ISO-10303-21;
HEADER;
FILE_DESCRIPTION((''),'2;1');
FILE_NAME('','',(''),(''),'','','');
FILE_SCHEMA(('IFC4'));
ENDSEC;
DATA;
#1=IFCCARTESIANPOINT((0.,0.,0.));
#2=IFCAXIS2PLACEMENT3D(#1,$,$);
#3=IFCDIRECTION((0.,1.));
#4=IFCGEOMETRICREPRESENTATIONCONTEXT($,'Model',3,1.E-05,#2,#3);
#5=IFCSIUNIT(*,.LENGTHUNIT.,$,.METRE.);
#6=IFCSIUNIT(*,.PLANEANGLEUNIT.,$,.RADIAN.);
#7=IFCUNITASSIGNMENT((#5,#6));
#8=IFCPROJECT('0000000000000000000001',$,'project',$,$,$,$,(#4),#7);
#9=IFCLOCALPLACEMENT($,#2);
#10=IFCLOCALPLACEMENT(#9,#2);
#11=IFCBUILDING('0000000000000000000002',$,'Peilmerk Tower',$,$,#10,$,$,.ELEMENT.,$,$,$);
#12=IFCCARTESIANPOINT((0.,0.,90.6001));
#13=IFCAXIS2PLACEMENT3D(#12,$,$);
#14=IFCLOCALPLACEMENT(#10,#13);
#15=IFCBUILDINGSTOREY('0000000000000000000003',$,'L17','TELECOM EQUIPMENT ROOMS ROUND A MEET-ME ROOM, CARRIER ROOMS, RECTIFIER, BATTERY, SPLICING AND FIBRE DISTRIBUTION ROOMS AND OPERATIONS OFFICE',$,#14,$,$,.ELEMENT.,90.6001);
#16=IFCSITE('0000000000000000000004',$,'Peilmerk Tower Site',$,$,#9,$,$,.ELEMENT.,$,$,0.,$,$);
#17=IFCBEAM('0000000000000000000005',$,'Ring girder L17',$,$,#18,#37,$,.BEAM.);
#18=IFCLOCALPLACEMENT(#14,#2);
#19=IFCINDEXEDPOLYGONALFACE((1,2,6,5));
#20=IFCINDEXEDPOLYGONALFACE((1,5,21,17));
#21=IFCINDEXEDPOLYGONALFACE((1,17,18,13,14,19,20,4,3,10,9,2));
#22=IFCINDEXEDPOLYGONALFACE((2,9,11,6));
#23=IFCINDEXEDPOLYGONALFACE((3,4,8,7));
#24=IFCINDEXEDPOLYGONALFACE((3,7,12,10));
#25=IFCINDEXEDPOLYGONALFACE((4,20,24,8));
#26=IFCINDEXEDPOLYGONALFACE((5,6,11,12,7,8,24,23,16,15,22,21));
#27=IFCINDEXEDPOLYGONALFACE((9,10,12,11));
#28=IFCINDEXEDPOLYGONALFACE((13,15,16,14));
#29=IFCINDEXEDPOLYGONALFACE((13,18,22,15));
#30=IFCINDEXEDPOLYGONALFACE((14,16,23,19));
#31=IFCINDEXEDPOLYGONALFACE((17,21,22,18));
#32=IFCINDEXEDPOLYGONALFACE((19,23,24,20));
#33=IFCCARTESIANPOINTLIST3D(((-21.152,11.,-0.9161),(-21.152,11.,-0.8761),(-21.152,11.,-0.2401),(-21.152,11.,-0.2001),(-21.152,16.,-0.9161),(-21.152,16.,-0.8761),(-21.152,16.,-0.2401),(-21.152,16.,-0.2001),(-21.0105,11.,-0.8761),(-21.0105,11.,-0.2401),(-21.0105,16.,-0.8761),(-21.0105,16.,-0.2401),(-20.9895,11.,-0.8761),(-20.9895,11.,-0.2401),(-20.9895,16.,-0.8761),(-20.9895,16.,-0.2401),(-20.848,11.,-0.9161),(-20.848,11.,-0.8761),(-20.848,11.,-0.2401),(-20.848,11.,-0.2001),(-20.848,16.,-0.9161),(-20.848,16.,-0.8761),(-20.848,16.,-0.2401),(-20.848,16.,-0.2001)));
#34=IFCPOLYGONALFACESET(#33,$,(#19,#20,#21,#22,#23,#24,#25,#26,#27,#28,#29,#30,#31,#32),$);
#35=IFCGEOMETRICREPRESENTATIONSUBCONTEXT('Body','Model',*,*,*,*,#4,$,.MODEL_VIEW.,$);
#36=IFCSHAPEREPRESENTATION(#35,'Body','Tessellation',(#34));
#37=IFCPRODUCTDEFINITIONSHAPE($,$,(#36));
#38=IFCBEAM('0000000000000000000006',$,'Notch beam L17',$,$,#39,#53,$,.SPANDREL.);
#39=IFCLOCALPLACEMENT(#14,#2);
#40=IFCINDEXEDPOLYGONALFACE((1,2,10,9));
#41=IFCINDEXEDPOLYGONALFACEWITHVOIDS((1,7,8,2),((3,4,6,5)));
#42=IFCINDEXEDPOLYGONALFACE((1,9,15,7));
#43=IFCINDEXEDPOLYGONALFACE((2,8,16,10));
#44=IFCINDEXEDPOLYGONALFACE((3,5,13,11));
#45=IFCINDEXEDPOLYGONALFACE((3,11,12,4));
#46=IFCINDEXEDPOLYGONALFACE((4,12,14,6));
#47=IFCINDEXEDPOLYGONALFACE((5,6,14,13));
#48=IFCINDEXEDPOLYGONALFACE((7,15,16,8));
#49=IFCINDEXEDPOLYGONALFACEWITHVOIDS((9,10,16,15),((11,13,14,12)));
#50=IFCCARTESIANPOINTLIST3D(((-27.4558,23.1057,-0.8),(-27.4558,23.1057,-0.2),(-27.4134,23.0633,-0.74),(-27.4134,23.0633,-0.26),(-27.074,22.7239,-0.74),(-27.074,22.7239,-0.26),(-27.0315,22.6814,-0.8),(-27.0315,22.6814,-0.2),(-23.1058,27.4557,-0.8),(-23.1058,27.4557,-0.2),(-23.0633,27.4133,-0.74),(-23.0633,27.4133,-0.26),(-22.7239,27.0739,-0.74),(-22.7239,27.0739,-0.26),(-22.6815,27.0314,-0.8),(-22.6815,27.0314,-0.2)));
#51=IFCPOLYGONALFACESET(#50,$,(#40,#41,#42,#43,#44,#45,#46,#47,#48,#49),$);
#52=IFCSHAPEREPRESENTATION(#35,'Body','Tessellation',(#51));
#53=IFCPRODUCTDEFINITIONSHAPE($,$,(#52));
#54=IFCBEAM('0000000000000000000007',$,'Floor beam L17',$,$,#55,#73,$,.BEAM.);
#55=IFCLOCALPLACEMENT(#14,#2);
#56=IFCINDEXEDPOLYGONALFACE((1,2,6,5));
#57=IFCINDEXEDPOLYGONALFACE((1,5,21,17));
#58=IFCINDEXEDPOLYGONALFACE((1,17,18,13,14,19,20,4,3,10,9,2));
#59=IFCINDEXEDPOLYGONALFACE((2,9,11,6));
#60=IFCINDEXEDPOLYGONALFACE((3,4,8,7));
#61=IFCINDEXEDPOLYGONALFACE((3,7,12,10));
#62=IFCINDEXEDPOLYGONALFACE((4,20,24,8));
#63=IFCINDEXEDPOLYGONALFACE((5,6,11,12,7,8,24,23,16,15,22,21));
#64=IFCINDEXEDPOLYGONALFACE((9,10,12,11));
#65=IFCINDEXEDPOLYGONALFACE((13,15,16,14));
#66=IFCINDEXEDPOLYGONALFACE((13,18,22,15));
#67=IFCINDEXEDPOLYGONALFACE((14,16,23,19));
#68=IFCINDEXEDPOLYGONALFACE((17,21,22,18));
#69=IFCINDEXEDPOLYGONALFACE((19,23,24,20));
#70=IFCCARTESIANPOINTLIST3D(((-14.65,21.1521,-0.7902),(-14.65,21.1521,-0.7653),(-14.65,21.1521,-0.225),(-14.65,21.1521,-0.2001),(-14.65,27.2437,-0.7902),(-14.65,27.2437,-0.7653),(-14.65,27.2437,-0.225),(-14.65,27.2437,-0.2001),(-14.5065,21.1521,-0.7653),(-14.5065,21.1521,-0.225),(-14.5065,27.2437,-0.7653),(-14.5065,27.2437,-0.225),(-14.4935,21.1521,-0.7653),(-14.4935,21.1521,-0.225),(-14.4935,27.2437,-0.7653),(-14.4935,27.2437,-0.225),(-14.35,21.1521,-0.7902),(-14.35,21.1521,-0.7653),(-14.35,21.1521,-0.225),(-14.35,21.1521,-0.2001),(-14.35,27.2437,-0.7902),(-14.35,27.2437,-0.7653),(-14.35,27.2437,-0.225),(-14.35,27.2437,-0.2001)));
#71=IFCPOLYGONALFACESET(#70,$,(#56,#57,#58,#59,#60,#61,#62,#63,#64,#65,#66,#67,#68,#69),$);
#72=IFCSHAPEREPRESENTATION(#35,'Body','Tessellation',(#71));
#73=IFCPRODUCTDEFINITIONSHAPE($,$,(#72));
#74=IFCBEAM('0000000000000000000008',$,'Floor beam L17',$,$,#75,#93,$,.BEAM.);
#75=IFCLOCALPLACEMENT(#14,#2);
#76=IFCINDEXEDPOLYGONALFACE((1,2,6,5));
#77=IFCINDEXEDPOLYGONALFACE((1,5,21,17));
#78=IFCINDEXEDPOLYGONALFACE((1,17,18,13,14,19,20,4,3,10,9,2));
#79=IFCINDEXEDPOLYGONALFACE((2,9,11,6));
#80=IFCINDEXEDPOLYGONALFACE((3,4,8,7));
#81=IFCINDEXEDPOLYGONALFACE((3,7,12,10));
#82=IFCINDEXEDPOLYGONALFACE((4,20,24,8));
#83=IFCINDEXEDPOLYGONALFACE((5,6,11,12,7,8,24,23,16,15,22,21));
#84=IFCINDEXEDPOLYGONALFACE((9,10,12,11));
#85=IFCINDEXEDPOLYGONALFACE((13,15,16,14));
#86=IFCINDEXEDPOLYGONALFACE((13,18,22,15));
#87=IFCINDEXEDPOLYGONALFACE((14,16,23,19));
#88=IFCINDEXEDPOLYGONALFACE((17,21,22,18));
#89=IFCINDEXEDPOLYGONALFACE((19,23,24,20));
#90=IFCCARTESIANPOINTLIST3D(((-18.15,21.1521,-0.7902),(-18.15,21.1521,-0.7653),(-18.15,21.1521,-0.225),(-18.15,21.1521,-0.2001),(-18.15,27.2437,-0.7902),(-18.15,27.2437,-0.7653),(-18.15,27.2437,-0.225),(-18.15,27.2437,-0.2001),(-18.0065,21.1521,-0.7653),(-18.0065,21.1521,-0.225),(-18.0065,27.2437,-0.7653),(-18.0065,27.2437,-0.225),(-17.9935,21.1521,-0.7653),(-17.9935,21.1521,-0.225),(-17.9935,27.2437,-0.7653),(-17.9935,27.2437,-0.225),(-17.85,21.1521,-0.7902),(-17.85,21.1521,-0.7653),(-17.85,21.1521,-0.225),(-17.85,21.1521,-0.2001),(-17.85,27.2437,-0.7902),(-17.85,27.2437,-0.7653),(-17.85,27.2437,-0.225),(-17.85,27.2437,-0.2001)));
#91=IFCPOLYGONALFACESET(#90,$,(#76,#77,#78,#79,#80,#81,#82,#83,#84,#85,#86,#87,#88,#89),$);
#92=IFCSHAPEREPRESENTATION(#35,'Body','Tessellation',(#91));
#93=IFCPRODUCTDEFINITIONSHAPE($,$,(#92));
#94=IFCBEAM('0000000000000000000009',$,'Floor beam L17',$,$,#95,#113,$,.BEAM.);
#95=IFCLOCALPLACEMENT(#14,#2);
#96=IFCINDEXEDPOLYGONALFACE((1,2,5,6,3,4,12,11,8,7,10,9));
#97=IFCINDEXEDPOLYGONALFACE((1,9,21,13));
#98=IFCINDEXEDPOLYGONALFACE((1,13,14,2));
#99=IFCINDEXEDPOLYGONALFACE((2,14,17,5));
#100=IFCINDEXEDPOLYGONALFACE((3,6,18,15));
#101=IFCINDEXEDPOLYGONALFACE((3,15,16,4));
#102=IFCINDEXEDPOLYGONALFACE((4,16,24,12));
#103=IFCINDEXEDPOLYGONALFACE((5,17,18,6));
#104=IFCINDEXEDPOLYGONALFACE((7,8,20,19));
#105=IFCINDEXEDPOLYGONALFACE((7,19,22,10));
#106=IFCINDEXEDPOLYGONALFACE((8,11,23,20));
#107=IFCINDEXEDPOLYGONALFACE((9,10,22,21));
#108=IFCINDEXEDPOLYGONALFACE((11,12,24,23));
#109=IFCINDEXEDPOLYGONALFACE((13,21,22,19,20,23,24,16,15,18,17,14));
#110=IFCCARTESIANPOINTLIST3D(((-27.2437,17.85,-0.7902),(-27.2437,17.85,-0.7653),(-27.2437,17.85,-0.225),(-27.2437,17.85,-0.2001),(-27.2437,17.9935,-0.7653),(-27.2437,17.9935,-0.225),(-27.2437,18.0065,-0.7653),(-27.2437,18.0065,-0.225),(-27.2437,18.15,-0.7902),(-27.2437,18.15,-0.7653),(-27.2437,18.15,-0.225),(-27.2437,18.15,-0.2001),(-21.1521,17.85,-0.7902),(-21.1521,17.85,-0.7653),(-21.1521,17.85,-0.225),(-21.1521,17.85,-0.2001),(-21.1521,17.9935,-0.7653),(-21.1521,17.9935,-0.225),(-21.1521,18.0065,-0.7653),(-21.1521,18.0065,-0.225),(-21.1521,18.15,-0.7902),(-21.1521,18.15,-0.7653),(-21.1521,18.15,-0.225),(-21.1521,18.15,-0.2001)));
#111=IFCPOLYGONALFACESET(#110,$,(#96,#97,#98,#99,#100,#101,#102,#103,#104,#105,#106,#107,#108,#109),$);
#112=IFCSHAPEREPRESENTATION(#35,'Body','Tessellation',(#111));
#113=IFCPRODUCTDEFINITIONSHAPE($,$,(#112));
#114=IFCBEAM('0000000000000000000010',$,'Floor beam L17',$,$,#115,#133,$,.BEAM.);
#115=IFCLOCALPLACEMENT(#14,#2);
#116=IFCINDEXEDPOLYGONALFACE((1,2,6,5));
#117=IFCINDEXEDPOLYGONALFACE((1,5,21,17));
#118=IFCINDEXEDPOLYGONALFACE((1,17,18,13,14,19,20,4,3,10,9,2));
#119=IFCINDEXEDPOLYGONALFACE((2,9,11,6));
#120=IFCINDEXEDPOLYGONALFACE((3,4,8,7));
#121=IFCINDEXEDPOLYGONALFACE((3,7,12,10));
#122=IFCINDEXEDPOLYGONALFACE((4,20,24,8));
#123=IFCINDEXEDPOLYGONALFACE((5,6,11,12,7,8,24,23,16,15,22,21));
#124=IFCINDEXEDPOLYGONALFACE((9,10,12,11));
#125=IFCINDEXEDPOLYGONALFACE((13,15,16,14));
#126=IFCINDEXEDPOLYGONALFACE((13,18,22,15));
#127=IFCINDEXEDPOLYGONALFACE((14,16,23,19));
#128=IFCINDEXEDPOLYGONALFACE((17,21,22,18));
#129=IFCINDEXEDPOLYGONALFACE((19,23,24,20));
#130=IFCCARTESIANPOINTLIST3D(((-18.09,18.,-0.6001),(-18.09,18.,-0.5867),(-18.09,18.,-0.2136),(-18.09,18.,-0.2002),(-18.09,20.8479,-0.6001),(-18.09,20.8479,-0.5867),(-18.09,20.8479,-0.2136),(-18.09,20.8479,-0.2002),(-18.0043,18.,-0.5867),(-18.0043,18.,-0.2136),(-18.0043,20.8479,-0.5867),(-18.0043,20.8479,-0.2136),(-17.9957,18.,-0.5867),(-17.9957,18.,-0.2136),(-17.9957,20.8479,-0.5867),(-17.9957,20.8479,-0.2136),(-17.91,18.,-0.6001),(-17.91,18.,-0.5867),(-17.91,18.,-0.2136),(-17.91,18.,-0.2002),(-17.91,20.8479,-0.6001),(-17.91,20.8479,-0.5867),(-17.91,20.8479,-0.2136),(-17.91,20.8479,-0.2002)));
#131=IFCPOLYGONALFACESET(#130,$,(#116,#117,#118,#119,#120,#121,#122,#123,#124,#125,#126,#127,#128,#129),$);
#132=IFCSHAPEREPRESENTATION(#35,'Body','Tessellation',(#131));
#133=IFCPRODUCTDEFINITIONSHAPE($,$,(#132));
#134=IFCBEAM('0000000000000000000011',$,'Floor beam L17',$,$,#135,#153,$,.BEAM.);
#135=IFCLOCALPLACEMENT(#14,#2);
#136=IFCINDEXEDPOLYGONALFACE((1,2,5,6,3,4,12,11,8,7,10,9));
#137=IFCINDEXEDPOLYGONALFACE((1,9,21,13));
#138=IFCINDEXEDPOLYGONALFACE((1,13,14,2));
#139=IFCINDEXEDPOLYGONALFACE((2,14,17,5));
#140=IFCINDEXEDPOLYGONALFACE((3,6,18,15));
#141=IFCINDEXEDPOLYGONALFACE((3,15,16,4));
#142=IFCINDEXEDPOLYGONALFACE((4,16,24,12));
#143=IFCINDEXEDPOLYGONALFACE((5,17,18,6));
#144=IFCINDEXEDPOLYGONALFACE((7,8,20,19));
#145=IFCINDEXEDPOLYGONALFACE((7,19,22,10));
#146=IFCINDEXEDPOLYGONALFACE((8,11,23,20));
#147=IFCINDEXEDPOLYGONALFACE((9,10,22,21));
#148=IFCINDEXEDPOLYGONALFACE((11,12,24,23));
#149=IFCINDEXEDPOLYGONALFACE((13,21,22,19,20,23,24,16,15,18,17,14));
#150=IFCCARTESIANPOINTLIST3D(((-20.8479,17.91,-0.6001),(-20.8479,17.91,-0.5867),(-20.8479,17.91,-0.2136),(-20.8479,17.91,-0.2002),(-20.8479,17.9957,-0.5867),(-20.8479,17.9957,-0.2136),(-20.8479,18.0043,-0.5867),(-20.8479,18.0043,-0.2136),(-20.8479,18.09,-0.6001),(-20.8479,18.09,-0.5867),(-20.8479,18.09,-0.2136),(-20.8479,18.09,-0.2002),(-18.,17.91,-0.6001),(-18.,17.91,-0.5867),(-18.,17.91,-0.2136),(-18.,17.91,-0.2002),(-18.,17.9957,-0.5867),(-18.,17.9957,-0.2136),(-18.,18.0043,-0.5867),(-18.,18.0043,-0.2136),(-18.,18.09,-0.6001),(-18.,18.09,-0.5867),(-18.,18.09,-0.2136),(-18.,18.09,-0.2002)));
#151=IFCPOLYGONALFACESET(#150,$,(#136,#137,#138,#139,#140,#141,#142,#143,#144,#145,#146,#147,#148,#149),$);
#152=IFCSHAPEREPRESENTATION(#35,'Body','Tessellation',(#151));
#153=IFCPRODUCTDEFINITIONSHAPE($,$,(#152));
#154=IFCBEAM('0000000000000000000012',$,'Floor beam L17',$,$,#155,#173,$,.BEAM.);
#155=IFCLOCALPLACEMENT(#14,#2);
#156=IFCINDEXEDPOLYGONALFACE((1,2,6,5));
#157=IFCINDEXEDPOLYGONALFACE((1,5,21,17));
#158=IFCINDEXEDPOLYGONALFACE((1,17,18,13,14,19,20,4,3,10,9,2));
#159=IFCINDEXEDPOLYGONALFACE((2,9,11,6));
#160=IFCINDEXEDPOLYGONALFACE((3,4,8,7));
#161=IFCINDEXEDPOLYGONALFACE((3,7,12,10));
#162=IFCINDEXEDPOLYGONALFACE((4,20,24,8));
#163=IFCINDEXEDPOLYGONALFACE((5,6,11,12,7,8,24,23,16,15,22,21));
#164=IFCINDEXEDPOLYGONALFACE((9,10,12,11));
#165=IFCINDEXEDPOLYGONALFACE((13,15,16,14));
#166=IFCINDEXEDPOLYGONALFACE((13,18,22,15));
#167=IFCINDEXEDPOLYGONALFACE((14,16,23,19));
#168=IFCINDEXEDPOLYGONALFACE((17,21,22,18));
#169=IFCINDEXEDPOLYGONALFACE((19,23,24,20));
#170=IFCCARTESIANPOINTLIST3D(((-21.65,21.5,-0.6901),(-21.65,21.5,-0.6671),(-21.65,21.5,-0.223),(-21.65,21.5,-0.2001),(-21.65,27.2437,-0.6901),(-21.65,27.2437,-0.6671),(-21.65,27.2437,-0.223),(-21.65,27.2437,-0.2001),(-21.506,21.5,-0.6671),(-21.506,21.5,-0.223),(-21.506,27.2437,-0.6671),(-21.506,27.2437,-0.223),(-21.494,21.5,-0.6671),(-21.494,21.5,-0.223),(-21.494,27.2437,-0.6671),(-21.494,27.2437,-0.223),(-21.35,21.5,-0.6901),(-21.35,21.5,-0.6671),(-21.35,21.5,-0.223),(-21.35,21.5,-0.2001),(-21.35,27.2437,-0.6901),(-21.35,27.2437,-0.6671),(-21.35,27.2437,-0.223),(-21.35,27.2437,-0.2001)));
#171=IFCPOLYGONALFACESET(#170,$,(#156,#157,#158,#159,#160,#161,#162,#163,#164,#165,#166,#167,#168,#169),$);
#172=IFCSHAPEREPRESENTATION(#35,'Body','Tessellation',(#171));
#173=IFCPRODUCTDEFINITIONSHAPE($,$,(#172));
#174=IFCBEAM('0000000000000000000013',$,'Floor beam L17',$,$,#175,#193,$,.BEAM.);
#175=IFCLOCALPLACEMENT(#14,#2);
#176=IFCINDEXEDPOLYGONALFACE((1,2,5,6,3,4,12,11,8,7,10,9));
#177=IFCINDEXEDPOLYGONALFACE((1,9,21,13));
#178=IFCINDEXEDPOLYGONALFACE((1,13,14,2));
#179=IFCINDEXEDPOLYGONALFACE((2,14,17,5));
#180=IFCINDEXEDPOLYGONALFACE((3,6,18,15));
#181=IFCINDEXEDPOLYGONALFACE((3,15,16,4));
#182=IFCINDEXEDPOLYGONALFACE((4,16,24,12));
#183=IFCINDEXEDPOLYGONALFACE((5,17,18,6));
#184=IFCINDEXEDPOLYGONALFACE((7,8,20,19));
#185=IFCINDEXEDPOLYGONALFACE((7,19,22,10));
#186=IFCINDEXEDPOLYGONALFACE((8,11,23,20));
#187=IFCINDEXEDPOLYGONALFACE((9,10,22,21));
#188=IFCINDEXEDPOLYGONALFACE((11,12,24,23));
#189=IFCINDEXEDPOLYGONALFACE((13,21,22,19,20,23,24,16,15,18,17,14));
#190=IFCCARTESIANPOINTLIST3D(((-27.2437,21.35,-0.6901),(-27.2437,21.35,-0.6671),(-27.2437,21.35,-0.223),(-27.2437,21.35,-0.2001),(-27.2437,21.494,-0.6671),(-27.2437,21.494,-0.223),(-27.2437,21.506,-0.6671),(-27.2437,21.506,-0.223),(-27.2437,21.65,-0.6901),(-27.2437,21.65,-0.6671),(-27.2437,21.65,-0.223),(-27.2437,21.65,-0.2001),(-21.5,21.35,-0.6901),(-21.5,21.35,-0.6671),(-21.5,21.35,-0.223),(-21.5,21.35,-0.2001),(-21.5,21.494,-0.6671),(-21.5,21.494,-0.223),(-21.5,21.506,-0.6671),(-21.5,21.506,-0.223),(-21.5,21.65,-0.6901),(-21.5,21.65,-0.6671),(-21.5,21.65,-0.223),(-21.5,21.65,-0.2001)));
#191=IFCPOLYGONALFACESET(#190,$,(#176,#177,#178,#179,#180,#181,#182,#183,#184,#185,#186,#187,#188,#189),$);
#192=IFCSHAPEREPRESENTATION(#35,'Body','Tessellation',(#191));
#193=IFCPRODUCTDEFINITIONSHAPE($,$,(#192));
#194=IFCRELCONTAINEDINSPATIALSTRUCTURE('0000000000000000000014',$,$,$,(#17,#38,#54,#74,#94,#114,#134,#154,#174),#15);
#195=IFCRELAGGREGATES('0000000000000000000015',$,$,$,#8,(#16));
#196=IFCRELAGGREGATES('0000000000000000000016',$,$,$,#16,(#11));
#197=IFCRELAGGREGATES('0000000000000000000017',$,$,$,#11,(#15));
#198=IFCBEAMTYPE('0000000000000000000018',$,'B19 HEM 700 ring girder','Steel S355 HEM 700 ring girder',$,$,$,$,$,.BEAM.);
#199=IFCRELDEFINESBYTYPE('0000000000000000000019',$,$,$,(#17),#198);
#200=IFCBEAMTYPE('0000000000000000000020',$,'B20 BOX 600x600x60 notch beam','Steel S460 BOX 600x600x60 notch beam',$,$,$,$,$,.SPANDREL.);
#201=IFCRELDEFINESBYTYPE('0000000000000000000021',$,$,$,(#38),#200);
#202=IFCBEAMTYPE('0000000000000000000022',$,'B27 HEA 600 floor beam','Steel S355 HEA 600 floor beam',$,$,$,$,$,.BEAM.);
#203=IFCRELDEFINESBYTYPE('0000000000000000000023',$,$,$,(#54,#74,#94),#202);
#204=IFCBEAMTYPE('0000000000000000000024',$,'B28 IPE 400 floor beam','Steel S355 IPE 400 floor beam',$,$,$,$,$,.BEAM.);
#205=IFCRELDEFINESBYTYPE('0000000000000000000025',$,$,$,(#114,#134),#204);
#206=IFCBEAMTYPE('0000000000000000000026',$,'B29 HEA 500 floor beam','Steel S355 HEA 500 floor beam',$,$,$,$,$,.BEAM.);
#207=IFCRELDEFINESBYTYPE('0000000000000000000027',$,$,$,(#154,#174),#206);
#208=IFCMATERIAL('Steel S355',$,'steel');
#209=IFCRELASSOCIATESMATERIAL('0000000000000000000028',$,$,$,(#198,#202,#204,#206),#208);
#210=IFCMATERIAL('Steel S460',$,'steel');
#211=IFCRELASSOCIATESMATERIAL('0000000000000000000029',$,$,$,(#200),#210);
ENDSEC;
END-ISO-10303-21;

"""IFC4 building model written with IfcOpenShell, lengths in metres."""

from ifc_helpers import new_model, si_unit, direction, frame, origin, origin_2d, place, context, subcontext, project, spatial, hollow_rectangle, i_section, extrude, material, material_profile, profile_set, type_object, element, save


model = new_model("IFC4")

# Units and contexts
model_context = context("Model", 3, precision=1e-05, world=origin(), true_north=direction((0.0, 1.0)))
body_context = subcontext(model_context, "Body", "Model", "MODEL_VIEW")
ifc_project = project(units=[si_unit("LENGTHUNIT", "METRE"), si_unit("PLANEANGLEUNIT", "RADIAN")], contexts=[model_context])

# Site, building, storey
site_placement = place(None, origin())
site = spatial("IfcSite", under=ifc_project, at=site_placement, Name="Peilmerk Tower Site", CompositionType="ELEMENT", RefElevation=0.0)
building_placement = place(site_placement, origin())
building = spatial("IfcBuilding", under=site, at=building_placement, Name="Peilmerk Tower", CompositionType="ELEMENT")
storey_placement = place(building_placement, frame((0.0, 0.0, 90.6001)))
storey = spatial("IfcBuildingStorey", under=building, at=storey_placement, Name="L17", Description="TELECOM EQUIPMENT ROOMS ROUND A MEET-ME ROOM, CARRIER ROOMS, RECTIFIER, BATTERY, SPLICING AND FIBRE DISTRIBUTION ROOMS AND OPERATIONS OFFICE", CompositionType="ELEMENT", Elevation=90.6001)

# Shared definitions
ifc_material_1 = material(Name="Steel S460", Category="steel")

# Beams
ifc_material_2 = material(Name="Steel S355", Category="steel")
ifc_material_profile_1 = material_profile(ifc_material_2, i_section(OverallWidth=0.304, OverallDepth=0.7161, WebThickness=0.021, FlangeThickness=0.04, at=origin_2d()), Name="HEM 700")
ifc_profile_set_1 = profile_set([ifc_material_profile_1], Name="Steel S355")
beam_type_1 = type_object("IfcBeamType", Name="B19 HEM 700 ring girder", Description="Steel S355 HEM 700 ring girder", PredefinedType="BEAM", material=ifc_profile_set_1)
for number, where, z_axis, x_axis, name in (
    (1, (-21.0, 16.0, -0.5581), (0.0, -1.0, 0.0), (1.0, 0.0, 0.0), "Ring girder L17"),
):
    element("IfcBeam", number, at=place(storey_placement, frame(where, z_axis=z_axis, x_axis=x_axis)), inside=storey, type_object=beam_type_1, Name=name, PredefinedType="BEAM", context=body_context, shape_type="SweptSolid", body=[
        extrude(i_section(OverallWidth=0.304, OverallDepth=0.7161, WebThickness=0.021, FlangeThickness=0.04, at=origin_2d()), origin(), (0.0, 0.0, 1.0), 5.0),
    ])
ifc_material_profile_2 = material_profile(ifc_material_1, hollow_rectangle(XDim=0.6001, YDim=0.6001, WallThickness=0.0601, at=origin_2d()), Name="BOX 600x600x60")
ifc_profile_set_2 = profile_set([ifc_material_profile_2], Name="Steel S460")
beam_type_2 = type_object("IfcBeamType", Name="B20 BOX 600x600x60 notch beam", Description="Steel S460 BOX 600x600x60 notch beam", PredefinedType="SPANDREL", material=ifc_profile_set_2)
beam_1_placement = place(storey_placement, frame((-27.2437, 22.8936, -0.5), z_axis=(0.707107, 0.707107, 0.0), x_axis=(-0.707107, 0.707107, 0.0)))
element("IfcBeam", 2, at=beam_1_placement, inside=storey, type_object=beam_type_2, Name="Notch beam L17", PredefinedType="SPANDREL", context=body_context, shape_type="SweptSolid", body=[
    extrude(hollow_rectangle(XDim=0.6001, YDim=0.6001, WallThickness=0.0601, at=origin_2d()), origin(), (0.0, 0.0, 1.0), 6.1519),
])
ifc_material_profile_3 = material_profile(ifc_material_2, i_section(OverallWidth=0.3, OverallDepth=0.5901, WebThickness=0.0129, FlangeThickness=0.0249, at=origin_2d()), Name="HEA 600")
ifc_profile_set_3 = profile_set([ifc_material_profile_3], Name="Steel S355")
beam_type_3 = type_object("IfcBeamType", Name="B27 HEA 600 floor beam", Description="Steel S355 HEA 600 floor beam", PredefinedType="BEAM", material=ifc_profile_set_3)
for number, where, z_axis, x_axis, name in (
    (3, (-14.5, 21.1521, -0.4951), (0.0, 1.0, 0.0), (-1.0, 0.0, 0.0), "Floor beam L17"),
    (4, (-18.0, 21.1521, -0.4951), (0.0, 1.0, 0.0), (-1.0, 0.0, 0.0), "Floor beam L17"),
    (5, (-21.1521, 18.0, -0.4951), (-1.0, 0.0, 0.0), (0.0, -1.0, 0.0), "Floor beam L17"),
):
    element("IfcBeam", number, at=place(storey_placement, frame(where, z_axis=z_axis, x_axis=x_axis)), inside=storey, type_object=beam_type_3, Name=name, PredefinedType="BEAM", context=body_context, shape_type="SweptSolid", body=[
        extrude(i_section(OverallWidth=0.3, OverallDepth=0.5901, WebThickness=0.0129, FlangeThickness=0.0249, at=origin_2d()), origin(), (0.0, 0.0, 1.0), 6.0916),
    ])
ifc_material_profile_4 = material_profile(ifc_material_2, i_section(OverallWidth=0.1799, OverallDepth=0.3999, WebThickness=0.0085, FlangeThickness=0.0134, at=origin_2d()), Name="IPE 400")
ifc_profile_set_4 = profile_set([ifc_material_profile_4], Name="Steel S355")
beam_type_4 = type_object("IfcBeamType", Name="B28 IPE 400 floor beam", Description="Steel S355 IPE 400 floor beam", PredefinedType="BEAM", material=ifc_profile_set_4)
for number, where, z_axis, x_axis, name in (
    (6, (-18.0, 18.0, -0.4001), (0.0, 1.0, 0.0), (-1.0, 0.0, 0.0), "Floor beam L17"),
    (7, (-18.0, 18.0, -0.4001), (-1.0, 0.0, 0.0), (0.0, -1.0, 0.0), "Floor beam L17"),
):
    element("IfcBeam", number, at=place(storey_placement, frame(where, z_axis=z_axis, x_axis=x_axis)), inside=storey, type_object=beam_type_4, Name=name, PredefinedType="BEAM", context=body_context, shape_type="SweptSolid", body=[
        extrude(i_section(OverallWidth=0.1799, OverallDepth=0.3999, WebThickness=0.0085, FlangeThickness=0.0134, at=origin_2d()), origin(), (0.0, 0.0, 1.0), 2.8479),
    ])
ifc_material_profile_5 = material_profile(ifc_material_2, i_section(OverallWidth=0.3, OverallDepth=0.49, WebThickness=0.012, FlangeThickness=0.0229, at=origin_2d()), Name="HEA 500")
ifc_profile_set_5 = profile_set([ifc_material_profile_5], Name="Steel S355")
beam_type_5 = type_object("IfcBeamType", Name="B29 HEA 500 floor beam", Description="Steel S355 HEA 500 floor beam", PredefinedType="BEAM", material=ifc_profile_set_5)
for number, where, z_axis, x_axis, name in (
    (8, (-21.5, 21.5, -0.4451), (0.0, 1.0, 0.0), (-1.0, 0.0, 0.0), "Floor beam L17"),
    (9, (-21.5, 21.5, -0.4451), (-1.0, 0.0, 0.0), (0.0, -1.0, 0.0), "Floor beam L17"),
):
    element("IfcBeam", number, at=place(storey_placement, frame(where, z_axis=z_axis, x_axis=x_axis)), inside=storey, type_object=beam_type_5, Name=name, PredefinedType="BEAM", context=body_context, shape_type="SweptSolid", body=[
        extrude(i_section(OverallWidth=0.3, OverallDepth=0.49, WebThickness=0.012, FlangeThickness=0.0229, at=origin_2d()), origin(), (0.0, 0.0, 1.0), 5.7437),
    ])

save(model, "model.ifc")
